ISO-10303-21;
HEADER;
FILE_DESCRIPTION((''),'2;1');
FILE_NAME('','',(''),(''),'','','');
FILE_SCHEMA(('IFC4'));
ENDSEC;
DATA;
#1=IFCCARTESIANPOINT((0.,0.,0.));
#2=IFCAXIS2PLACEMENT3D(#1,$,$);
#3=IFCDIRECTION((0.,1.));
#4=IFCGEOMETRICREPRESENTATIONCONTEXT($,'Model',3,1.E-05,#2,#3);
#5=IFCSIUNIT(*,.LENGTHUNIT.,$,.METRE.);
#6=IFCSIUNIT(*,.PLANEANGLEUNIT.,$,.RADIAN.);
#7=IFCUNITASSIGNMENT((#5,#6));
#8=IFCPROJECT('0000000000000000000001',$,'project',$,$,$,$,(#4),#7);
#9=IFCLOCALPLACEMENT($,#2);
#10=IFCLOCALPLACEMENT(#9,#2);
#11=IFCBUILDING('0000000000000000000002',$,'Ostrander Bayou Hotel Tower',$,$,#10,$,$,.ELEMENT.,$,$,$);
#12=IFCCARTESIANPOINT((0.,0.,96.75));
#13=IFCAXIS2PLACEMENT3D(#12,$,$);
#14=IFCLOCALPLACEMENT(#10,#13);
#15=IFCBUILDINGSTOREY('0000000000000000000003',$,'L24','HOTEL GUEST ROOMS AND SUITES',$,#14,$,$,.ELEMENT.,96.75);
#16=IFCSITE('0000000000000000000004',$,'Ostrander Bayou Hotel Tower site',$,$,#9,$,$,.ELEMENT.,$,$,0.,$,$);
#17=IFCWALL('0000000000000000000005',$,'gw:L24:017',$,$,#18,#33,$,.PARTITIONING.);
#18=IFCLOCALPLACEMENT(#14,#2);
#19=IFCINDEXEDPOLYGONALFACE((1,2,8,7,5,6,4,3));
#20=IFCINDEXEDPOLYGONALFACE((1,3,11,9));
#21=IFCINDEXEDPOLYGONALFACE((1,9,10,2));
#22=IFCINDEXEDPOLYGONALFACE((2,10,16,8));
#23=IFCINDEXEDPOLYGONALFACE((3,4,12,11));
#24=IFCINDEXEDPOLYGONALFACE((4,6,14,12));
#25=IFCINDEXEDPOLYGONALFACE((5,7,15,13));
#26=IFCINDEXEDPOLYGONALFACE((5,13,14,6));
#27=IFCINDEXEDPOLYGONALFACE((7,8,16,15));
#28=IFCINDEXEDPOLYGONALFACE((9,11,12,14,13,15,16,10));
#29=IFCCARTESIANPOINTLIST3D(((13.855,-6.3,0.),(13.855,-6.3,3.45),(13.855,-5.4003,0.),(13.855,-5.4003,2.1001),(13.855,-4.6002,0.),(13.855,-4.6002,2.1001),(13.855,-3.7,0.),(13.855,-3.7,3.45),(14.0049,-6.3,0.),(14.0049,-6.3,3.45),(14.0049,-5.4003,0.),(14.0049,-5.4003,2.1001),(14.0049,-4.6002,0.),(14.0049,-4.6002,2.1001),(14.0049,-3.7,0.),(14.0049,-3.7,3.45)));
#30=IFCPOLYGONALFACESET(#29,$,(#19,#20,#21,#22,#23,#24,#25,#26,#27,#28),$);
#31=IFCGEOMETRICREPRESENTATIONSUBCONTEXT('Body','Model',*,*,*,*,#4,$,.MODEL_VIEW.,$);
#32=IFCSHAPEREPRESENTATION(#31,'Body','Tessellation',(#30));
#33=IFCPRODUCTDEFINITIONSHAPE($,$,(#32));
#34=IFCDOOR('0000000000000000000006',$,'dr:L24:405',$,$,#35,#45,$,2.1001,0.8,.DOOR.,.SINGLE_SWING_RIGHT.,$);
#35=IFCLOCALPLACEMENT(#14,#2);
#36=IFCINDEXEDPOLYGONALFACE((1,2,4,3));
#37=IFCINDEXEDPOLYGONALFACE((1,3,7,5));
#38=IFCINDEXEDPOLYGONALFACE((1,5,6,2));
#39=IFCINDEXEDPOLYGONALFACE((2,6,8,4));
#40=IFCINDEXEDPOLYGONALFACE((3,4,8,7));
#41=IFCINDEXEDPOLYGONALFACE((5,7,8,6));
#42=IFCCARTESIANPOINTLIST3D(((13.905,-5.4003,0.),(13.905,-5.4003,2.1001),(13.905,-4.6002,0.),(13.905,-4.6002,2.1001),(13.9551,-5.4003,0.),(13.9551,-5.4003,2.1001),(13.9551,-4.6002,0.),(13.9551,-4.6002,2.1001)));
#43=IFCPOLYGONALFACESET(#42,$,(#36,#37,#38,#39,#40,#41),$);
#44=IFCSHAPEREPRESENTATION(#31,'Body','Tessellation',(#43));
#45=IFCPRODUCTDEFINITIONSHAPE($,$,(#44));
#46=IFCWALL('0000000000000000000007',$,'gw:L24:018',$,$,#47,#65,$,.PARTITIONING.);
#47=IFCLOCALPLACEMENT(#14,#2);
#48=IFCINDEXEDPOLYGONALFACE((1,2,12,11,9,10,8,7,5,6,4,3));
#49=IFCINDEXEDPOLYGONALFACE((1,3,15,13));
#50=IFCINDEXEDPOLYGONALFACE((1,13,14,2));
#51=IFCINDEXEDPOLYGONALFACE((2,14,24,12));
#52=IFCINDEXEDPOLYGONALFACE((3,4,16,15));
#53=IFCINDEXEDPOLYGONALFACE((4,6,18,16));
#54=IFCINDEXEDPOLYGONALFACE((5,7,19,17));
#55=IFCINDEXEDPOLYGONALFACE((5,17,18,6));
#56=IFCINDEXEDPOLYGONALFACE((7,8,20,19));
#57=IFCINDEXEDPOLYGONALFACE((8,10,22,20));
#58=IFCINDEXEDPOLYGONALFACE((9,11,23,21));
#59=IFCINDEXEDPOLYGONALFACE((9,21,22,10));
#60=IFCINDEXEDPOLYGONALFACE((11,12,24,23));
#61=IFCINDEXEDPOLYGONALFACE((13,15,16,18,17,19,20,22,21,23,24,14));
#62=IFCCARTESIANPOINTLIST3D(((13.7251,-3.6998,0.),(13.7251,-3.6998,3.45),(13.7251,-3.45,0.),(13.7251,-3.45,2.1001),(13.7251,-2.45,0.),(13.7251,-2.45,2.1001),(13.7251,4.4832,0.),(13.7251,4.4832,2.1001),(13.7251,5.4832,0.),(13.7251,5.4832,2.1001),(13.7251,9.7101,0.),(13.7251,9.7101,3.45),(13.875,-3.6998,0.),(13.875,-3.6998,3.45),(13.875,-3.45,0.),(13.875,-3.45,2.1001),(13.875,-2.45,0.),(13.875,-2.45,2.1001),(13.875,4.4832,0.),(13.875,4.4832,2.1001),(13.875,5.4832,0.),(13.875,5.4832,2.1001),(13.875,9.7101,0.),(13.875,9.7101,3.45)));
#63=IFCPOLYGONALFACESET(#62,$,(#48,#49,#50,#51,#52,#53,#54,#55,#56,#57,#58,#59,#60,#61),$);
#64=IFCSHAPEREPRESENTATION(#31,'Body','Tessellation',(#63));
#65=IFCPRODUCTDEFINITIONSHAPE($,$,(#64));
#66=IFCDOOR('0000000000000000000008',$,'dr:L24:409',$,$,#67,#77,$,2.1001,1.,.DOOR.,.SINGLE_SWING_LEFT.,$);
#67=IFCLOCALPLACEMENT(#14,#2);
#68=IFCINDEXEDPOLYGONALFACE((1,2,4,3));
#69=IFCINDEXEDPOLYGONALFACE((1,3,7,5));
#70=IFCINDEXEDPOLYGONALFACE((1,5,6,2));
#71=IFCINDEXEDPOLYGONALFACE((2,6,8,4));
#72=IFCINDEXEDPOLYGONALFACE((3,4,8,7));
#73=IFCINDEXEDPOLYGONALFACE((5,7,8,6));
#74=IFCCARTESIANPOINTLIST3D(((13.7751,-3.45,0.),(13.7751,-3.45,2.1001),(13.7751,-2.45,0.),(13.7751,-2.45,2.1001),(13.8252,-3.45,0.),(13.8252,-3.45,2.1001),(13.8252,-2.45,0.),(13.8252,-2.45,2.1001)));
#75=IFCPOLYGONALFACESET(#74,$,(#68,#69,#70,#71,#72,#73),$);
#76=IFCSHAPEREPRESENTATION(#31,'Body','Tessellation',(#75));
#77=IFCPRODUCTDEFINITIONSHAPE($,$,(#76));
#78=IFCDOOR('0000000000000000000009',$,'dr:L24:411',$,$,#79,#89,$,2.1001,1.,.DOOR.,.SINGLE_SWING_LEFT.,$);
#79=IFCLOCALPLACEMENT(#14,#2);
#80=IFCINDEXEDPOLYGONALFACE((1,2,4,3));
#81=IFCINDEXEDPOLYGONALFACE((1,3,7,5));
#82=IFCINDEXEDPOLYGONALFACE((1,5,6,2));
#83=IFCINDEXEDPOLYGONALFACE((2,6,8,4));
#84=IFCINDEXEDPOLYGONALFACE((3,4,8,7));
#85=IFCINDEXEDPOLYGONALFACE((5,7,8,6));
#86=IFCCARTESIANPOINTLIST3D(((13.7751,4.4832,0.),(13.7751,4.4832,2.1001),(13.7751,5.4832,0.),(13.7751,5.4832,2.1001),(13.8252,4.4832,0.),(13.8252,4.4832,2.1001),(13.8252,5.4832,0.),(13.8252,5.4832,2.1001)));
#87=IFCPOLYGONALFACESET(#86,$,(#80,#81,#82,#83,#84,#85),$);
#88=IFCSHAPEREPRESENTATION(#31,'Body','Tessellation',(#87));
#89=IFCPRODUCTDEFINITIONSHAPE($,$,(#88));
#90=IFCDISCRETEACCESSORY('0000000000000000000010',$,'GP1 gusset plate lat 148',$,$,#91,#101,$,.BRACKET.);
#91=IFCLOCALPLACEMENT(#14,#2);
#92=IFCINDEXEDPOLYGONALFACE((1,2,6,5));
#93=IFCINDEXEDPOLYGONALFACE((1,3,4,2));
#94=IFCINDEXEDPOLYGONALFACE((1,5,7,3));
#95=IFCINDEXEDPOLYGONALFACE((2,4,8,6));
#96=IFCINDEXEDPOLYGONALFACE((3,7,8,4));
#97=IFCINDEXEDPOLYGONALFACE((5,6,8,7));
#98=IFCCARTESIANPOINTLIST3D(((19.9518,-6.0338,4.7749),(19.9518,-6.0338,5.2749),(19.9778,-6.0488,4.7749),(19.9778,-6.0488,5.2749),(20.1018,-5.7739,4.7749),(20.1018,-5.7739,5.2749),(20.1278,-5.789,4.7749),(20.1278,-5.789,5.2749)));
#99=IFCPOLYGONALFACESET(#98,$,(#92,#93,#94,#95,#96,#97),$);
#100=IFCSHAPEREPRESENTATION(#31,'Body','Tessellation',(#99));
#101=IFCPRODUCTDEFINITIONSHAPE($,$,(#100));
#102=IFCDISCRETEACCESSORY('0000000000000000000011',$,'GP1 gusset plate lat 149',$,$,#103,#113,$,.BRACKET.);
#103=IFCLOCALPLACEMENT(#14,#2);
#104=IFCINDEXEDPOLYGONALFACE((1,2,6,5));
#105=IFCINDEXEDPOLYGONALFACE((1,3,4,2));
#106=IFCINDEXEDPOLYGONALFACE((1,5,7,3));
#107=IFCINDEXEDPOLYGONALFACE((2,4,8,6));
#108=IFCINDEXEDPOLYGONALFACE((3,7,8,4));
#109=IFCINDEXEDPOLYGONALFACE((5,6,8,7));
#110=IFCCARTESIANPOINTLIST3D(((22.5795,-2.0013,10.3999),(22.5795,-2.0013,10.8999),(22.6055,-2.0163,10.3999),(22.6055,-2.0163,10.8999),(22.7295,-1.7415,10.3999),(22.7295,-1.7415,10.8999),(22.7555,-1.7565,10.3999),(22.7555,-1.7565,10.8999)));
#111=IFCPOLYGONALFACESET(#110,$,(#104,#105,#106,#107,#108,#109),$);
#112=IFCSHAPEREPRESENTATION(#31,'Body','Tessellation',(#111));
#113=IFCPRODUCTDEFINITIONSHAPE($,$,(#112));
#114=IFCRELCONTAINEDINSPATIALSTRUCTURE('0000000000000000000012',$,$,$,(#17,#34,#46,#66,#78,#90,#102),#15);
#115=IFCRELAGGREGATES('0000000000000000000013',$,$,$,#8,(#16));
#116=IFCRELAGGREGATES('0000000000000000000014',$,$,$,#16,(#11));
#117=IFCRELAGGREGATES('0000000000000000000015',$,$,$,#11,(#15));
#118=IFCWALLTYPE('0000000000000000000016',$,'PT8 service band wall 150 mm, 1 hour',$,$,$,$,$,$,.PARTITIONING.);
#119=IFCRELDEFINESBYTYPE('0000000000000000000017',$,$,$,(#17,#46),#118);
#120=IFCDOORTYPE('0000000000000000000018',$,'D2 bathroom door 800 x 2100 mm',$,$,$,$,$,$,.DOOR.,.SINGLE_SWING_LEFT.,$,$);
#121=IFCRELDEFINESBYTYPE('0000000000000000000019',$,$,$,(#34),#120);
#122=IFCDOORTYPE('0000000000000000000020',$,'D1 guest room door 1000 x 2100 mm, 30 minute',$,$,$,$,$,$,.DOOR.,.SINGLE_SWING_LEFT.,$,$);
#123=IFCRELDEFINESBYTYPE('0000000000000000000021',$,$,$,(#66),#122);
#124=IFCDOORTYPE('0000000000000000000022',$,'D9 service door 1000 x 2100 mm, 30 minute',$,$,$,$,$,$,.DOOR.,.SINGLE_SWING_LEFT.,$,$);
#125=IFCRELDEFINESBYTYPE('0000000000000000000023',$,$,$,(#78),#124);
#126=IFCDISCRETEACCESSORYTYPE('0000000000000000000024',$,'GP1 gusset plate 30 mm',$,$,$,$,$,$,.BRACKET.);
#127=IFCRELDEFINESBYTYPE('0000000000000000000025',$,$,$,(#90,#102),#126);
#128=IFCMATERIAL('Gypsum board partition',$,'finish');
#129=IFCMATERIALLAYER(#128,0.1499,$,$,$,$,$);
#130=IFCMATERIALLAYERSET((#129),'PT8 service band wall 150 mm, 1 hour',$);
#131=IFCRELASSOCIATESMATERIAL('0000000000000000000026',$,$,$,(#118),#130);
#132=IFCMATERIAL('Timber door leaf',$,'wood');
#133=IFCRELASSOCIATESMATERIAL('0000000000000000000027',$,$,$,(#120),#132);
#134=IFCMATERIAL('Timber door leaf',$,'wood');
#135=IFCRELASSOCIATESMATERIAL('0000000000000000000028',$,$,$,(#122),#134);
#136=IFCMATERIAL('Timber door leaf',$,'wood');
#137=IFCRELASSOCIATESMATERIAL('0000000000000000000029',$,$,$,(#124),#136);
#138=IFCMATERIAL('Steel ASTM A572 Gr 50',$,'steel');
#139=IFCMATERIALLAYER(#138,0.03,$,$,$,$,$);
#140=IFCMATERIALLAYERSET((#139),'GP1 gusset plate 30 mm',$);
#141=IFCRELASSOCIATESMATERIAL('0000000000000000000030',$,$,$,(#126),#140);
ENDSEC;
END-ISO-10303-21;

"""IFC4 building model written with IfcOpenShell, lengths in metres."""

from ifc_helpers import new_model, si_unit, direction, frame, frame_2d, origin, origin_2d, place, context, subcontext, project, spatial, rectangle, extrude, material, layer, layer_set, type_object, element, fill, save


model = new_model("IFC4")

# Units and contexts
model_context = context("Model", 3, precision=1e-05, world=origin(), true_north=direction((0.0, 1.0)))
body_context = subcontext(model_context, "Body", "Model", "MODEL_VIEW")
ifc_project = project(units=[si_unit("LENGTHUNIT", "METRE"), si_unit("PLANEANGLEUNIT", "RADIAN")], contexts=[model_context])

# Site, building, storey
site_placement = place(None, origin())
site = spatial("IfcSite", under=ifc_project, at=site_placement, Name="Ostrander Bayou Hotel Tower site", CompositionType="ELEMENT", RefElevation=0.0)
building_placement = place(site_placement, origin())
building = spatial("IfcBuilding", under=site, at=building_placement, Name="Ostrander Bayou Hotel Tower", CompositionType="ELEMENT")
storey_placement = place(building_placement, frame((0.0, 0.0, 96.75)))
storey = spatial("IfcBuildingStorey", under=building, at=storey_placement, Name="L24", Description="HOTEL GUEST ROOMS AND SUITES", CompositionType="ELEMENT", Elevation=96.75)

# Shared definitions
ifc_material_1 = material(Name="Gypsum board partition", Category="finish")
ifc_layer_1 = layer(ifc_material_1, 0.1499)
ifc_layer_set_1 = layer_set([ifc_layer_1], Name="PT8 service band wall 150 mm, 1 hour")
wall_type_1 = type_object("IfcWallType", Name="PT8 service band wall 150 mm, 1 hour", PredefinedType="PARTITIONING", material=ifc_layer_set_1)

# Shared definitions
ifc_material_2 = material(Name="Timber door leaf", Category="wood")
door_type_1 = type_object("IfcDoorType", Name="D2 bathroom door 800 x 2100 mm", OperationType="SINGLE_SWING_LEFT", PredefinedType="DOOR", material=ifc_material_2)

# Wall, opening, door
wall_1_placement = place(storey_placement, frame((13.9299, -6.3, 0.0), z_axis=(0.0, 0.0, 1.0), x_axis=(0.0, 1.0, 0.0)))
wall_1 = element("IfcWall", 1, at=wall_1_placement, inside=storey, type_object=wall_type_1, Name="gw:L24:017", PredefinedType="PARTITIONING", context=body_context, shape_type="SweptSolid", body=[
    extrude(rectangle(XDim=2.6001, YDim=0.1499, at=frame_2d((1.3, 0.0))), origin(), (0.0, 0.0, 1.0), 3.45),
])
opening_1_placement = place(wall_1_placement, frame((0.8999, 0.0, 0.0)))
opening_1 = element("IfcOpeningElement", 2, at=opening_1_placement, cuts=wall_1, PredefinedType="OPENING", context=body_context, shape_type="SweptSolid", body=[
    extrude(rectangle(XDim=0.8, YDim=2.1001, at=frame_2d((0.3999, 1.05))), frame((0.0, 0.075, 0.0), z_axis=(0.0, -1.0, 0.0), x_axis=(1.0, 0.0, 0.0)), (0.0, 0.0, 1.0), 0.1499),
])
door_1_placement = place(opening_1_placement, origin())
door_1 = element("IfcDoor", 3, at=door_1_placement, inside=storey, type_object=door_type_1, Name="dr:L24:405", OperationType="SINGLE_SWING_RIGHT", OverallHeight=2.1001, OverallWidth=0.8, PredefinedType="DOOR", context=body_context, shape_type="SweptSolid", body=[
    extrude(rectangle(XDim=0.8, YDim=2.1001, at=frame_2d((0.3999, 1.05))), frame((0.0, 0.0249, 0.0), z_axis=(0.0, -1.0, 0.0), x_axis=(1.0, 0.0, 0.0)), (0.0, 0.0, 1.0), 0.05),
])
fill(opening_1, door_1)

# Wall, openings, doors
wall_2_placement = place(storey_placement, frame((13.8, -3.7, 0.0), z_axis=(0.0, 0.0, 1.0), x_axis=(0.0, 1.0, 0.0)))
wall_2 = element("IfcWall", 4, at=wall_2_placement, inside=storey, type_object=wall_type_1, Name="gw:L24:018", PredefinedType="PARTITIONING", context=body_context, shape_type="SweptSolid", body=[
    extrude(rectangle(XDim=13.4099, YDim=0.1499, at=frame_2d((6.7051, 0.0))), origin(), (0.0, 0.0, 1.0), 3.45),
])
opening_2_placement = place(wall_2_placement, frame((0.25, 0.0, 0.0)))
opening_2 = element("IfcOpeningElement", 5, at=opening_2_placement, cuts=wall_2, PredefinedType="OPENING", context=body_context, shape_type="SweptSolid", body=[
    extrude(rectangle(XDim=1.0, YDim=2.1001, at=frame_2d((0.5, 1.05))), frame((0.0, 0.075, 0.0), z_axis=(0.0, -1.0, 0.0), x_axis=(1.0, 0.0, 0.0)), (0.0, 0.0, 1.0), 0.1499),
])
opening_3_placement = place(wall_2_placement, frame((8.1831, 0.0, 0.0)))
opening_3 = element("IfcOpeningElement", 6, at=opening_3_placement, cuts=wall_2, PredefinedType="OPENING", context=body_context, shape_type="SweptSolid", body=[
    extrude(rectangle(XDim=1.0, YDim=2.1001, at=frame_2d((0.5, 1.05))), frame((0.0, 0.075, 0.0), z_axis=(0.0, -1.0, 0.0), x_axis=(1.0, 0.0, 0.0)), (0.0, 0.0, 1.0), 0.1499),
])
ifc_material_3 = material(Name="Timber door leaf", Category="wood")
door_type_2 = type_object("IfcDoorType", Name="D1 guest room door 1000 x 2100 mm, 30 minute", OperationType="SINGLE_SWING_LEFT", PredefinedType="DOOR", material=ifc_material_3)
door_2_placement = place(opening_2_placement, origin())
door_2 = element("IfcDoor", 7, at=door_2_placement, inside=storey, type_object=door_type_2, Name="dr:L24:409", OperationType="SINGLE_SWING_LEFT", OverallHeight=2.1001, OverallWidth=1.0, PredefinedType="DOOR", context=body_context, shape_type="SweptSolid", body=[
    extrude(rectangle(XDim=1.0, YDim=2.1001, at=frame_2d((0.5, 1.05))), frame((0.0, 0.0249, 0.0), z_axis=(0.0, -1.0, 0.0), x_axis=(1.0, 0.0, 0.0)), (0.0, 0.0, 1.0), 0.05),
])
fill(opening_2, door_2)
ifc_material_4 = material(Name="Timber door leaf", Category="wood")
door_type_3 = type_object("IfcDoorType", Name="D9 service door 1000 x 2100 mm, 30 minute", OperationType="SINGLE_SWING_LEFT", PredefinedType="DOOR", material=ifc_material_4)
door_3_placement = place(opening_3_placement, origin())
door_3 = element("IfcDoor", 8, at=door_3_placement, inside=storey, type_object=door_type_3, Name="dr:L24:411", OperationType="SINGLE_SWING_LEFT", OverallHeight=2.1001, OverallWidth=1.0, PredefinedType="DOOR", context=body_context, shape_type="SweptSolid", body=[
    extrude(rectangle(XDim=1.0, YDim=2.1001, at=frame_2d((0.5, 1.05))), frame((0.0, 0.0249, 0.0), z_axis=(0.0, -1.0, 0.0), x_axis=(1.0, 0.0, 0.0)), (0.0, 0.0, 1.0), 0.05),
])
fill(opening_3, door_3)

# Discrete accessories
ifc_material_5 = material(Name="Steel ASTM A572 Gr 50", Category="steel")
ifc_layer_2 = layer(ifc_material_5, 0.03)
ifc_layer_set_2 = layer_set([ifc_layer_2], Name="GP1 gusset plate 30 mm")
discrete_accessory_type = type_object("IfcDiscreteAccessoryType", Name="GP1 gusset plate 30 mm", PredefinedType="BRACKET", material=ifc_layer_set_2)
for number, where, z_axis, x_axis, name in (
    (9, (20.0398, -5.9114, 4.7749), (0.0, 0.0, 1.0), (0.5, 0.866025, 0.0), "GP1 gusset plate lat 148"),
    (10, (22.6675, -1.8789, 10.3999), (0.0, 0.0, 1.0), (0.5, 0.866025, 0.0), "GP1 gusset plate lat 149"),
):
    element("IfcDiscreteAccessory", number, at=place(storey_placement, frame(where, z_axis=z_axis, x_axis=x_axis)), inside=storey, type_object=discrete_accessory_type, Name=name, PredefinedType="BRACKET", context=body_context, shape_type="SweptSolid", body=[
        extrude(rectangle(XDim=0.3, YDim=0.03, at=origin_2d()), origin(), (0.0, 0.0, 1.0), 0.5),
    ])

save(model, "model.ifc")
